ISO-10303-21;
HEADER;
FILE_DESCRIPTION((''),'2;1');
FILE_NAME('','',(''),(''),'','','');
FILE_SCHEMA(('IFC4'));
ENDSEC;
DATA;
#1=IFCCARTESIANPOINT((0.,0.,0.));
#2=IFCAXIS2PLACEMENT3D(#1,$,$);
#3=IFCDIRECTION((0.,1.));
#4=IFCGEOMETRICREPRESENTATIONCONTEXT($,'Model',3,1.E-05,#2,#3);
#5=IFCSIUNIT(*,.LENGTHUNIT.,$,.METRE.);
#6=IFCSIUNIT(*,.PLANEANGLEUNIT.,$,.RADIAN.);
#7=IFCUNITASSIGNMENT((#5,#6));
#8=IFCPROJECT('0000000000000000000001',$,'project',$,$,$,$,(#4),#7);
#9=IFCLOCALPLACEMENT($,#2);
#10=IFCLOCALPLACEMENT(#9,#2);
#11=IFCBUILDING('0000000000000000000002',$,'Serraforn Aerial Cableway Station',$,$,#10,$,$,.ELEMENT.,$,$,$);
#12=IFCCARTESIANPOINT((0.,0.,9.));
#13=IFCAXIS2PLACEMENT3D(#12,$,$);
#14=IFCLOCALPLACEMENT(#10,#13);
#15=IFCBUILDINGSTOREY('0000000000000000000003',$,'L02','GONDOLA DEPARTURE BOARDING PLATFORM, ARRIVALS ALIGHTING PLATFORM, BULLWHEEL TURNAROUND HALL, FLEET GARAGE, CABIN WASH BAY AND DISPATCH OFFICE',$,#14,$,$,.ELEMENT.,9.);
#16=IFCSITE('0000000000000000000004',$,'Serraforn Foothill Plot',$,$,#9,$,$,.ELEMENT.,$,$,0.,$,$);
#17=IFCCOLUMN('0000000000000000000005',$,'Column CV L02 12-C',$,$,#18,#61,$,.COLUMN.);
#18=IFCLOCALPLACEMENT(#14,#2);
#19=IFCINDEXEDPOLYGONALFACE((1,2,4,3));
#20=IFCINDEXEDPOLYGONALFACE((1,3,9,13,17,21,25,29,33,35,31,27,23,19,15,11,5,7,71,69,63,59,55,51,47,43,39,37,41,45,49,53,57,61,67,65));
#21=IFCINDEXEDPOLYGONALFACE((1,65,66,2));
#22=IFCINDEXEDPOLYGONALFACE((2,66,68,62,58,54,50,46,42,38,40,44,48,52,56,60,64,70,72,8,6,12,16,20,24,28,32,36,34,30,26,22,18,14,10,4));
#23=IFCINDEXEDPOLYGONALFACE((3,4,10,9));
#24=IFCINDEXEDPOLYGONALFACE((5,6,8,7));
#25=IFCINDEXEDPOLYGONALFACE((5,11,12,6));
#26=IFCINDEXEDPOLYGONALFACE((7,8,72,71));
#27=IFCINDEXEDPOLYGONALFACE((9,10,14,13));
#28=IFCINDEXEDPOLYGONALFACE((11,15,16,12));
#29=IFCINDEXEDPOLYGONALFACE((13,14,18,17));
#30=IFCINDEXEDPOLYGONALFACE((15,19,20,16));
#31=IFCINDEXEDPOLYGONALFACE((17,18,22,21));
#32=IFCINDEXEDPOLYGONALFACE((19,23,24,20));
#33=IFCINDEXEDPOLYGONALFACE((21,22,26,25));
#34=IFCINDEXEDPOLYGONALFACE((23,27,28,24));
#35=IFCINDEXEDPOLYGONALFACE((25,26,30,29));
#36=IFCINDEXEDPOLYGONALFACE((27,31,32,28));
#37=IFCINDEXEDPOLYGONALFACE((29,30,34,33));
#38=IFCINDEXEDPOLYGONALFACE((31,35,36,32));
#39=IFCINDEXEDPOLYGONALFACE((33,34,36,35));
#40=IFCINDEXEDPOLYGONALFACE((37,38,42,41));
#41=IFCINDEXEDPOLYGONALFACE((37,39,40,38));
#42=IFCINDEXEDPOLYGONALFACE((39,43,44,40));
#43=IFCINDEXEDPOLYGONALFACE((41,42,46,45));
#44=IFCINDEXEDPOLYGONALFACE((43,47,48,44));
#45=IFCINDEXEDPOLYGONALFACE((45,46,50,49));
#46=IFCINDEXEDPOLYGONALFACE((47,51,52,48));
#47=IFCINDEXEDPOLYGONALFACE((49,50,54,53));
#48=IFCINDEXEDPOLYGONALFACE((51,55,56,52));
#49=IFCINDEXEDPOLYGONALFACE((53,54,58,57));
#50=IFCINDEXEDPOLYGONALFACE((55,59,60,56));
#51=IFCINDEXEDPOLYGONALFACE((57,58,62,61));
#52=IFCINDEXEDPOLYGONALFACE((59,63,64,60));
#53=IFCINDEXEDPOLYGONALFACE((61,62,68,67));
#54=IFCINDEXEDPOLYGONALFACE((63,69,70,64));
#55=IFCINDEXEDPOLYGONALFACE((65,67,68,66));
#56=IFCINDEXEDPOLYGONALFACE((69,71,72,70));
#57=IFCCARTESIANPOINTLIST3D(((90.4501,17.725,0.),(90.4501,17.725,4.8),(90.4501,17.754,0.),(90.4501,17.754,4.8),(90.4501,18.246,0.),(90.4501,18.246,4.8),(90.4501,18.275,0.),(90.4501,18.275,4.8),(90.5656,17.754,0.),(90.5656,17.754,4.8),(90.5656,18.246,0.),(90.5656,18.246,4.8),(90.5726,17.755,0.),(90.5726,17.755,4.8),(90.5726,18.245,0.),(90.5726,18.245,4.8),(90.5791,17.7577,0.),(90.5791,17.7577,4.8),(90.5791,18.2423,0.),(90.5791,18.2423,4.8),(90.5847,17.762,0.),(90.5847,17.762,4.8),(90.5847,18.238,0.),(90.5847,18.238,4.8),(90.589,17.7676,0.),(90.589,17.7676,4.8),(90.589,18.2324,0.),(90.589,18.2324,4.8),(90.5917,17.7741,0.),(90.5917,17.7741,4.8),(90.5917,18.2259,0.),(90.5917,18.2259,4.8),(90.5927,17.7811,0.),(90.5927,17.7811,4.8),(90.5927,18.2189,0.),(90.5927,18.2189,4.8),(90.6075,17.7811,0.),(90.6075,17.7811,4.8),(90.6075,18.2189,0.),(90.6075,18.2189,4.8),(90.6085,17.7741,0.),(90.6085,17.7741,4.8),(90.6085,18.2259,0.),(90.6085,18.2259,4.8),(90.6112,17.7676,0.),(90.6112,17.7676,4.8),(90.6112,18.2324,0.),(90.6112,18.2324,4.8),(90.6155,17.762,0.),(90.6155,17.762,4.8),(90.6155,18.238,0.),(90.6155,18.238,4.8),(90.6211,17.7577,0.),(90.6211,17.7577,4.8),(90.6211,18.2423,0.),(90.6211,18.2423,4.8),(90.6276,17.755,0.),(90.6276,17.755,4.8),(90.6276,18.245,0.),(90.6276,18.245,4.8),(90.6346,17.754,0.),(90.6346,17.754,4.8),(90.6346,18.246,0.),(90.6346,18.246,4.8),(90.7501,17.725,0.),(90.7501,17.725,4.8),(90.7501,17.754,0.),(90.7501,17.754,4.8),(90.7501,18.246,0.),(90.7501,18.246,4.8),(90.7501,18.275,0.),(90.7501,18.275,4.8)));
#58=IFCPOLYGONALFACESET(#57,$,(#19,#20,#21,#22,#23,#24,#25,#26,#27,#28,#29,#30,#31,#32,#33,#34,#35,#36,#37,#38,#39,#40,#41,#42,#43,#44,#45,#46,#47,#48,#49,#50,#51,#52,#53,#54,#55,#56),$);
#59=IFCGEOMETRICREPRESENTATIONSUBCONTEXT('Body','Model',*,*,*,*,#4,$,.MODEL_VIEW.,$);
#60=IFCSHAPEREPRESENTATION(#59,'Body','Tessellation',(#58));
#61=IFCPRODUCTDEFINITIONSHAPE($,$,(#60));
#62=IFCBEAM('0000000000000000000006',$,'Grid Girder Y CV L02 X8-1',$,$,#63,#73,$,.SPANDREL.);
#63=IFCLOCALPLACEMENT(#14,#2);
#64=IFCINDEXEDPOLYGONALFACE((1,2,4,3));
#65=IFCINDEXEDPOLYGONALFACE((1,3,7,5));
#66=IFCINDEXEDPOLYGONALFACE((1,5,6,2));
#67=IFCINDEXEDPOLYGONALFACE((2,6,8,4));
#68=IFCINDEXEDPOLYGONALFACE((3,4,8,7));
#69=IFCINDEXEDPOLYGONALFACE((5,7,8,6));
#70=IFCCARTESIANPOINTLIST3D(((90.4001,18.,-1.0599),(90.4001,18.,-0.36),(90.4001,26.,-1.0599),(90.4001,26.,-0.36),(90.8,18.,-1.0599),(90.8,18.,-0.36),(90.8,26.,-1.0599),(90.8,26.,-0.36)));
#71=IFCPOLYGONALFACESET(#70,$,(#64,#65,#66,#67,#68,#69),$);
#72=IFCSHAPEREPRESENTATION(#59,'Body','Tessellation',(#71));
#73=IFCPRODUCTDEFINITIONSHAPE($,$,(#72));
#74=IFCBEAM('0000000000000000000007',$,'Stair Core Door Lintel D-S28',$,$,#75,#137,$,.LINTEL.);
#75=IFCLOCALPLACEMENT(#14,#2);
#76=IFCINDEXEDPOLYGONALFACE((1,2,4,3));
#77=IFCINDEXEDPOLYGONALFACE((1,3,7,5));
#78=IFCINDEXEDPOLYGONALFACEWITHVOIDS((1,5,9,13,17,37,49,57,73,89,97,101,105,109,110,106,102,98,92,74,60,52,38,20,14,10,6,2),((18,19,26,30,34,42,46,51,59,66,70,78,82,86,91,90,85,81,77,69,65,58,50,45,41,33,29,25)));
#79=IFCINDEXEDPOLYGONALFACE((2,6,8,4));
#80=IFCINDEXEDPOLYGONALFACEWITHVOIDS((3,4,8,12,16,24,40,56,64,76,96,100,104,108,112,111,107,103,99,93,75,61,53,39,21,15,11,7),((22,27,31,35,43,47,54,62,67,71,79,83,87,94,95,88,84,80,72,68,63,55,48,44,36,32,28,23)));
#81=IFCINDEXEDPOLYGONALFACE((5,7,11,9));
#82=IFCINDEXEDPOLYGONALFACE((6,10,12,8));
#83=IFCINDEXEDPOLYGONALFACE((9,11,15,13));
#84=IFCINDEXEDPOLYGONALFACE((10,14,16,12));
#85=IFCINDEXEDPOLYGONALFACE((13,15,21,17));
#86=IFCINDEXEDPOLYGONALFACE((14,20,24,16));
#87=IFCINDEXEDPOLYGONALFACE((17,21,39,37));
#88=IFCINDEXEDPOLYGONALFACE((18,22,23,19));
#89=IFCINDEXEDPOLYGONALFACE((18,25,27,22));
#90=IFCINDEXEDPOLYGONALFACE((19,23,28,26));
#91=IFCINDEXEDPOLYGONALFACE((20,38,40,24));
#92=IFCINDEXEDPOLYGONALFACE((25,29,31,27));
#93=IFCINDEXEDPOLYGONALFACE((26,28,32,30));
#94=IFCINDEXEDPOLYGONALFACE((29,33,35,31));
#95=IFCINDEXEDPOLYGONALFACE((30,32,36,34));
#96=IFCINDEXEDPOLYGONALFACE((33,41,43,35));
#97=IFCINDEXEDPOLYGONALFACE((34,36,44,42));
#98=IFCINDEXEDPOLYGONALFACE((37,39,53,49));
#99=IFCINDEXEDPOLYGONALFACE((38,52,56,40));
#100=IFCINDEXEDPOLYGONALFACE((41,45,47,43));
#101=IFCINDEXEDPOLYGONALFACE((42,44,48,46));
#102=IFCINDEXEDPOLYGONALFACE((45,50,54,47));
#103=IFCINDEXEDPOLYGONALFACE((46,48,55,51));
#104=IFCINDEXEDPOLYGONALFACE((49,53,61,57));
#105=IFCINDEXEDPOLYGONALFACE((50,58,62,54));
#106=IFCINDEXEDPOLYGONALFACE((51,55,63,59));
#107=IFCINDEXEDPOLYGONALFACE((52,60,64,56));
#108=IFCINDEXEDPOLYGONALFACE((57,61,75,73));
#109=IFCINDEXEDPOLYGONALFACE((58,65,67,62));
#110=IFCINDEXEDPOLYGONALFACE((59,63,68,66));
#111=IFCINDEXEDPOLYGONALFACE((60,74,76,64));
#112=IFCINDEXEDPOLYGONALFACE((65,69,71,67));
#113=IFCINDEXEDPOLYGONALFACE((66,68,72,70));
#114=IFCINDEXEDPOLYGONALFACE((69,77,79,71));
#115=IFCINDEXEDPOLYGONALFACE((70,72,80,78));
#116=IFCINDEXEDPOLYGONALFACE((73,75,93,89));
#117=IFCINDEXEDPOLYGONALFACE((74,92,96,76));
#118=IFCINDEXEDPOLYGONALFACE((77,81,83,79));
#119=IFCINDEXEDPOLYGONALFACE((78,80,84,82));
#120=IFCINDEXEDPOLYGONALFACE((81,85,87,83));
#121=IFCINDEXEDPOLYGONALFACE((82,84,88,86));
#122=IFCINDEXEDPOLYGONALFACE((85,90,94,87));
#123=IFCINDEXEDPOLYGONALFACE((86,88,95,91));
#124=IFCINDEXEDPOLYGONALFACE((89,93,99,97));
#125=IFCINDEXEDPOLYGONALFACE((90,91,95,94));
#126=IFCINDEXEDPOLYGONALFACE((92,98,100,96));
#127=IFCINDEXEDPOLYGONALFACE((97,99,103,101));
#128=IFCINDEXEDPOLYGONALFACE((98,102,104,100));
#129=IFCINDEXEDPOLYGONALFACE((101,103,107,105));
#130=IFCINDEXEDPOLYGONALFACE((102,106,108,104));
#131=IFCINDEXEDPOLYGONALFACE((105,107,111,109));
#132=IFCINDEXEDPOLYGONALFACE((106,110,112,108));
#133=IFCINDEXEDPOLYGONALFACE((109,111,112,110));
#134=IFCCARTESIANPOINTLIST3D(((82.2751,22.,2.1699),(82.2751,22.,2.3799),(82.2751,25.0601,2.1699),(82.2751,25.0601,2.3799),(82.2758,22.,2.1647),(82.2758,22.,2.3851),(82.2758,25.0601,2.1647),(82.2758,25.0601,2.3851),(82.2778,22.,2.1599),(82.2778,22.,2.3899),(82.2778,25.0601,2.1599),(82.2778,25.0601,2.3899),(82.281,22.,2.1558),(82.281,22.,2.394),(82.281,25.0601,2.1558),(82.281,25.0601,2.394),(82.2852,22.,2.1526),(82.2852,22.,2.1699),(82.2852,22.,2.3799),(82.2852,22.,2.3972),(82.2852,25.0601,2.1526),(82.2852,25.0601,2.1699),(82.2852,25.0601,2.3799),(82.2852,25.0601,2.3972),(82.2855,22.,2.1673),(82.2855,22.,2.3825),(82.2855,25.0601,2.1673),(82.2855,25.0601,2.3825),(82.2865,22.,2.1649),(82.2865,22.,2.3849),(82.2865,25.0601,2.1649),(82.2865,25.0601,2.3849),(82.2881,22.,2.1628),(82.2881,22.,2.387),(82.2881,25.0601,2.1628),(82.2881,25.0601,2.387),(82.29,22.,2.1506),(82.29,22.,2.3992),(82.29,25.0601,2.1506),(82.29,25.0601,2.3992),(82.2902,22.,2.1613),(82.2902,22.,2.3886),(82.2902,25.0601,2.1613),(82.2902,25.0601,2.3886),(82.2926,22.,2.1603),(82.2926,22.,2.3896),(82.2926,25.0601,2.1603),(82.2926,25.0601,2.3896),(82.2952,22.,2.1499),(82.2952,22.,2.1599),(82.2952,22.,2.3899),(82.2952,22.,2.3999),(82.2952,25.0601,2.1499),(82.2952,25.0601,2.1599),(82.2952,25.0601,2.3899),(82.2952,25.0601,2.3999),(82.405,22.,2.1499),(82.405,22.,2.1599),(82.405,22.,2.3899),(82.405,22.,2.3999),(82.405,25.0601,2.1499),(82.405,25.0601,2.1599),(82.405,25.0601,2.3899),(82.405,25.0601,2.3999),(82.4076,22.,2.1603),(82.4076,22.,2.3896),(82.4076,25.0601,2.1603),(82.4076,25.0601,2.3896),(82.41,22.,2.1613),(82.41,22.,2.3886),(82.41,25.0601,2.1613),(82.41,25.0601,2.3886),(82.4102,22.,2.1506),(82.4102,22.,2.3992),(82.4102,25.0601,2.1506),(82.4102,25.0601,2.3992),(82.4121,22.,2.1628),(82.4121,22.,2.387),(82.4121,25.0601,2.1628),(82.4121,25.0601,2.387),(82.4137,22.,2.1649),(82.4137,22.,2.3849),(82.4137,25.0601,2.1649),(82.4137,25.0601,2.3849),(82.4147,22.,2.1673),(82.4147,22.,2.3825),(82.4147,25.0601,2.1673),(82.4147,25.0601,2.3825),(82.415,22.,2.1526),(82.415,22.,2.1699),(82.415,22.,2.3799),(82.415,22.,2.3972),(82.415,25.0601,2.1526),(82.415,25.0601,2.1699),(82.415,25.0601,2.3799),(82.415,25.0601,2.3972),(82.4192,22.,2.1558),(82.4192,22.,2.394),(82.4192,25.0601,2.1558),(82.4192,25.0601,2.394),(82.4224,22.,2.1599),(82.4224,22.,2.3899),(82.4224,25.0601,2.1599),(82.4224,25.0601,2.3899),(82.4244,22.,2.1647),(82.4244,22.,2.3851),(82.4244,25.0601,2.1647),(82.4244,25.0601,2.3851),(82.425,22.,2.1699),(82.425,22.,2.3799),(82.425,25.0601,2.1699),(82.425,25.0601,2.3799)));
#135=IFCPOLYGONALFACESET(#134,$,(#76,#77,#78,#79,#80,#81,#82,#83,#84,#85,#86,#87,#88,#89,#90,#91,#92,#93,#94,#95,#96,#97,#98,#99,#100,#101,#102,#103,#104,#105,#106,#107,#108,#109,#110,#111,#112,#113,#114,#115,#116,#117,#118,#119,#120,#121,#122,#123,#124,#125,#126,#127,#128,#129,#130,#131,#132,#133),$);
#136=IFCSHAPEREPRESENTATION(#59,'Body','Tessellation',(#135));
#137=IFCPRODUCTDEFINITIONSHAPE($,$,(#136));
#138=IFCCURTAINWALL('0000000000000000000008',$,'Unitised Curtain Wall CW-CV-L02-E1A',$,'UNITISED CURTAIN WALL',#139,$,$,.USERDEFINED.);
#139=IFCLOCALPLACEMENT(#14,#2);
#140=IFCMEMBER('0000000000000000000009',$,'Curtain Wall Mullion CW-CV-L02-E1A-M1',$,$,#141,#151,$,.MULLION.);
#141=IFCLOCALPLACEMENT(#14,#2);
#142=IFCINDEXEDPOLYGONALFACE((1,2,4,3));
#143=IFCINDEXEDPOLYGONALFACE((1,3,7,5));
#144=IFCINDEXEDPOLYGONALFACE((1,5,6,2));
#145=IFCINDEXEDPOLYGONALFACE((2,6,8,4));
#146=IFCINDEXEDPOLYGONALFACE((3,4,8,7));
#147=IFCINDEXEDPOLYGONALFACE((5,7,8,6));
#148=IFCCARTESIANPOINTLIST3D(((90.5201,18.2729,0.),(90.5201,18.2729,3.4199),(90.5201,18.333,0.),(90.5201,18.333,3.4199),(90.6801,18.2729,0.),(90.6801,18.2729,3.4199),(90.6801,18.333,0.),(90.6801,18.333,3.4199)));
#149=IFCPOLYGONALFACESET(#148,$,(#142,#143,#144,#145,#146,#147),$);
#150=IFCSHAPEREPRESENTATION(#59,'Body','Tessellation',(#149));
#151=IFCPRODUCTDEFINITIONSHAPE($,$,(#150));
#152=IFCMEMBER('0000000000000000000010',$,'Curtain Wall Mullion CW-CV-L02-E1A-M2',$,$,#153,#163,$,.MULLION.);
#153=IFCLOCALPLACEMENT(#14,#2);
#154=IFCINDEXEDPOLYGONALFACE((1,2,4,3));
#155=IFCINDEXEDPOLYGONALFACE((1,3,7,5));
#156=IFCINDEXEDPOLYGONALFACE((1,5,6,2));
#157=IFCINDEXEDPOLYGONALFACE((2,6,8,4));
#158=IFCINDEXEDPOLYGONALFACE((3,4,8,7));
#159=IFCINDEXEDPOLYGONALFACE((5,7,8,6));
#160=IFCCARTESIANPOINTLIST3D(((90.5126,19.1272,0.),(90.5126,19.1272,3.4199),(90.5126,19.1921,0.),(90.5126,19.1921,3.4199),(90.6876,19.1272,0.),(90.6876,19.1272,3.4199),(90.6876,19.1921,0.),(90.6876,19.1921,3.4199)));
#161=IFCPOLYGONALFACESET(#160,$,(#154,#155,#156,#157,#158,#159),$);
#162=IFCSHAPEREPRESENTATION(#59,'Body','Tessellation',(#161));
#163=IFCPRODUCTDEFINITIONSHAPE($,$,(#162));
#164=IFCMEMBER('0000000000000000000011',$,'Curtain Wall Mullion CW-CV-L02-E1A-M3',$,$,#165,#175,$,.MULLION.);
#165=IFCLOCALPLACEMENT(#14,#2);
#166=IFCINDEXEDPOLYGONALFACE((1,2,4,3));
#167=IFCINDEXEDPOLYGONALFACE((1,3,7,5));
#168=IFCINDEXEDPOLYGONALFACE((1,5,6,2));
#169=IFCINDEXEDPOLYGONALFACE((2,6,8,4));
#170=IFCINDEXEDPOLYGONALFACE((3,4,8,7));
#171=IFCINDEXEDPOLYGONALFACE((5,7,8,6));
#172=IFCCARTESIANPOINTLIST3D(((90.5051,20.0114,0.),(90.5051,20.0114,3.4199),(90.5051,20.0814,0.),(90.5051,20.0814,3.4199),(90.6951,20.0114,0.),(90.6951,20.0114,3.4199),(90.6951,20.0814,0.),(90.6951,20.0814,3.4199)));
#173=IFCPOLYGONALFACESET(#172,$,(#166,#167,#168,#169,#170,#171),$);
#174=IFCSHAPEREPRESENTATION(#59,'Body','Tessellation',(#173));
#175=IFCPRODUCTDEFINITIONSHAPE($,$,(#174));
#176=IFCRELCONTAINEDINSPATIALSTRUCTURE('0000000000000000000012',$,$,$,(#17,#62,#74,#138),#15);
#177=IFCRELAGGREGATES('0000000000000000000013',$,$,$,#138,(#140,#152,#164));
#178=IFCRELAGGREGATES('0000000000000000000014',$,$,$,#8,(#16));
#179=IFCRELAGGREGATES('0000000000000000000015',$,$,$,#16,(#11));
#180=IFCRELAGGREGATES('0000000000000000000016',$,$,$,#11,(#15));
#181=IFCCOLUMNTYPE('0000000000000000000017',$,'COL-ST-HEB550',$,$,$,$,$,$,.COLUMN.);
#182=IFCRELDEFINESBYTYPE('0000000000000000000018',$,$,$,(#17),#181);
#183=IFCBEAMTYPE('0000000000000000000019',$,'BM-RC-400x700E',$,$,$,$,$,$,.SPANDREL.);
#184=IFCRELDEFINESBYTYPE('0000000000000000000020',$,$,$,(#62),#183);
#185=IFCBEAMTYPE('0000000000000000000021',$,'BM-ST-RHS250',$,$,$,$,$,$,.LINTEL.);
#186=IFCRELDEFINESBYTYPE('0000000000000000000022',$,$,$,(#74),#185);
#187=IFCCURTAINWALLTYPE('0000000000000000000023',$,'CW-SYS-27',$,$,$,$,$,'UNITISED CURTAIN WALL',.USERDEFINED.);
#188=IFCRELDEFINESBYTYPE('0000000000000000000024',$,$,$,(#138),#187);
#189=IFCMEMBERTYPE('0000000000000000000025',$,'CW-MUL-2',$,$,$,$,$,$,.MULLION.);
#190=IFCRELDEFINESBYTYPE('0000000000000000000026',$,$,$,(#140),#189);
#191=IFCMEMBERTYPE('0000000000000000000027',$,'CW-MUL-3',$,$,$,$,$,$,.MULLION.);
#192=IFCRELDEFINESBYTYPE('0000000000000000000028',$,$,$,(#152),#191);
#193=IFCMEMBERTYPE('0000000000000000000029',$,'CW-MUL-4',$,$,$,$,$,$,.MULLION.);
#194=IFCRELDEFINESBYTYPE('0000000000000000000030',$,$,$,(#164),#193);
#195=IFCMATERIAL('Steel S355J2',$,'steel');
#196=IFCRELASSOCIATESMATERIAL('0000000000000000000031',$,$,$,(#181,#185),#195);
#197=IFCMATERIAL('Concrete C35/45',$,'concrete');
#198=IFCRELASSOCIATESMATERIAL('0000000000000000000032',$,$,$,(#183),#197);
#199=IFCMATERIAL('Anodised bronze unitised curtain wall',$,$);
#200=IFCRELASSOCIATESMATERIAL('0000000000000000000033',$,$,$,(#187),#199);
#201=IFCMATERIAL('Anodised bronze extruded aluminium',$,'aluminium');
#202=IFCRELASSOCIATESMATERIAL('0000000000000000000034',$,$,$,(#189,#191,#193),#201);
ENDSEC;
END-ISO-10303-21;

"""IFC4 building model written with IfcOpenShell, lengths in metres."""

from ifc_helpers import new_model, si_unit, direction, frame, origin, origin_2d, place, context, subcontext, project, spatial, rectangle, hollow_rectangle, i_section, extrude, material, material_profile, profile_set, type_object, element, aggregate, save


model = new_model("IFC4")

# Units and contexts
model_context = context("Model", 3, precision=1e-05, world=origin(), true_north=direction((0.0, 1.0)))
body_context = subcontext(model_context, "Body", "Model", "MODEL_VIEW")
ifc_project = project(units=[si_unit("LENGTHUNIT", "METRE"), si_unit("PLANEANGLEUNIT", "RADIAN")], contexts=[model_context])

# Site, building, storey
site_placement = place(None, origin())
site = spatial("IfcSite", under=ifc_project, at=site_placement, Name="Serraforn Foothill Plot", CompositionType="ELEMENT", RefElevation=0.0)
building_placement = place(site_placement, origin())
building = spatial("IfcBuilding", under=site, at=building_placement, Name="Serraforn Aerial Cableway Station", CompositionType="ELEMENT")
storey_placement = place(building_placement, frame((0.0, 0.0, 9.0)))
storey = spatial("IfcBuildingStorey", under=building, at=storey_placement, Name="L02", Description="GONDOLA DEPARTURE BOARDING PLATFORM, ARRIVALS ALIGHTING PLATFORM, BULLWHEEL TURNAROUND HALL, FLEET GARAGE, CABIN WASH BAY AND DISPATCH OFFICE", CompositionType="ELEMENT", Elevation=9.0)

# Column
ifc_material_1 = material(Name="Steel S355J2", Category="steel")
ifc_material_profile_1 = material_profile(ifc_material_1, i_section(OverallWidth=0.3, OverallDepth=0.55, WebThickness=0.0149, FlangeThickness=0.0291, FilletRadius=0.0271, at=origin_2d()), Name="HEB 550")
ifc_profile_set_1 = profile_set([ifc_material_profile_1], Name="Steel S355J2")
column_type = type_object("IfcColumnType", Name="COL-ST-HEB550", PredefinedType="COLUMN", material=ifc_profile_set_1)
column_placement = place(storey_placement, frame((90.6001, 18.0, 0.0), z_axis=(0.0, 0.0, 1.0), x_axis=(1.0, 0.0, 0.0)))
element("IfcColumn", 1, at=column_placement, inside=storey, type_object=column_type, Name="Column CV L02 12-C", PredefinedType="COLUMN", context=body_context, shape_type="SweptSolid", body=[
    extrude(i_section(OverallWidth=0.3, OverallDepth=0.55, WebThickness=0.0149, FlangeThickness=0.0291, FilletRadius=0.0271, at=origin_2d()), origin(), (0.0, 0.0, 1.0), 4.8),
])

# Beams
ifc_material_2 = material(Name="Concrete C35/45", Category="concrete")
ifc_material_profile_2 = material_profile(ifc_material_2, rectangle(XDim=0.3999, YDim=0.7, at=origin_2d()), Name="RC 400x700")
ifc_profile_set_2 = profile_set([ifc_material_profile_2], Name="Concrete C35/45")
beam_type_1 = type_object("IfcBeamType", Name="BM-RC-400x700E", PredefinedType="SPANDREL", material=ifc_profile_set_2)
beam_1_placement = place(storey_placement, frame((90.6001, 18.0, -0.71), z_axis=(0.0, 1.0, 0.0), x_axis=(-1.0, 0.0, 0.0)))
element("IfcBeam", 2, at=beam_1_placement, inside=storey, type_object=beam_type_1, Name="Grid Girder Y CV L02 X8-1", PredefinedType="SPANDREL", context=body_context, shape_type="SweptSolid", body=[
    extrude(rectangle(XDim=0.3999, YDim=0.7, at=origin_2d()), origin(), (0.0, 0.0, 1.0), 8.0),
])
ifc_material_profile_3 = material_profile(ifc_material_1, hollow_rectangle(XDim=0.1499, YDim=0.25, WallThickness=0.01, InnerFilletRadius=0.01, OuterFilletRadius=0.02, at=origin_2d()), Name="RHS 250x150x10.0")
ifc_profile_set_3 = profile_set([ifc_material_profile_3], Name="Steel S355J2")
beam_type_2 = type_object("IfcBeamType", Name="BM-ST-RHS250", PredefinedType="LINTEL", material=ifc_profile_set_3)
beam_2_placement = place(storey_placement, frame((82.3501, 22.0, 2.2749), z_axis=(0.0, 1.0, 0.0), x_axis=(-1.0, 0.0, 0.0)))
element("IfcBeam", 3, at=beam_2_placement, inside=storey, type_object=beam_type_2, Name="Stair Core Door Lintel D-S28", PredefinedType="LINTEL", context=body_context, shape_type="SweptSolid", body=[
    extrude(hollow_rectangle(XDim=0.1499, YDim=0.25, WallThickness=0.01, InnerFilletRadius=0.01, OuterFilletRadius=0.02, at=origin_2d()), origin(), (0.0, 0.0, 1.0), 3.0601),
])

# Curtain wall, members
ifc_material_3 = material(Name="Anodised bronze unitised curtain wall")
curtain_wall_type = type_object("IfcCurtainWallType", Name="CW-SYS-27", ElementType="UNITISED CURTAIN WALL", PredefinedType="USERDEFINED", material=ifc_material_3)
curtain_wall_placement = place(storey_placement, origin())
curtain_wall = element("IfcCurtainWall", 4, at=curtain_wall_placement, inside=storey, type_object=curtain_wall_type, Name="Unitised Curtain Wall CW-CV-L02-E1A", ObjectType="UNITISED CURTAIN WALL", PredefinedType="USERDEFINED")
ifc_material_4 = material(Name="Anodised bronze extruded aluminium", Category="aluminium")
ifc_material_profile_4 = material_profile(ifc_material_4, rectangle(XDim=0.0601, YDim=0.1599, at=origin_2d()), Name="CW MULLION 60x160")
ifc_profile_set_4 = profile_set([ifc_material_profile_4], Name="Anodised bronze extruded aluminium")
member_type_1 = type_object("IfcMemberType", Name="CW-MUL-2", PredefinedType="MULLION", material=ifc_profile_set_4)
member_1_placement = place(storey_placement, frame((90.6001, 18.303, 0.0), z_axis=(0.0, 0.0, 1.0), x_axis=(0.0, 1.0, 0.0)))
member_1 = element("IfcMember", 5, at=member_1_placement, type_object=member_type_1, Name="Curtain Wall Mullion CW-CV-L02-E1A-M1", PredefinedType="MULLION", context=body_context, shape_type="SweptSolid", body=[
    extrude(rectangle(XDim=0.0601, YDim=0.1599, at=origin_2d()), origin(), (0.0, 0.0, 1.0), 3.4199),
])
ifc_material_profile_5 = material_profile(ifc_material_4, rectangle(XDim=0.0649, YDim=0.175, at=origin_2d()), Name="CW MULLION 65x175")
ifc_profile_set_5 = profile_set([ifc_material_profile_5], Name="Anodised bronze extruded aluminium")
member_type_2 = type_object("IfcMemberType", Name="CW-MUL-3", PredefinedType="MULLION", material=ifc_profile_set_5)
member_2_placement = place(storey_placement, frame((90.6001, 19.1597, 0.0), z_axis=(0.0, 0.0, 1.0), x_axis=(0.0, 1.0, 0.0)))
member_2 = element("IfcMember", 6, at=member_2_placement, type_object=member_type_2, Name="Curtain Wall Mullion CW-CV-L02-E1A-M2", PredefinedType="MULLION", context=body_context, shape_type="SweptSolid", body=[
    extrude(rectangle(XDim=0.0649, YDim=0.175, at=origin_2d()), origin(), (0.0, 0.0, 1.0), 3.4199),
])
ifc_material_profile_6 = material_profile(ifc_material_4, rectangle(XDim=0.0701, YDim=0.1899, at=origin_2d()), Name="CW MULLION 70x190")
ifc_profile_set_6 = profile_set([ifc_material_profile_6], Name="Anodised bronze extruded aluminium")
member_type_3 = type_object("IfcMemberType", Name="CW-MUL-4", PredefinedType="MULLION", material=ifc_profile_set_6)
member_3_placement = place(storey_placement, frame((90.6001, 20.0464, 0.0), z_axis=(0.0, 0.0, 1.0), x_axis=(0.0, 1.0, 0.0)))
member_3 = element("IfcMember", 7, at=member_3_placement, type_object=member_type_3, Name="Curtain Wall Mullion CW-CV-L02-E1A-M3", PredefinedType="MULLION", context=body_context, shape_type="SweptSolid", body=[
    extrude(rectangle(XDim=0.0701, YDim=0.1899, at=origin_2d()), origin(), (0.0, 0.0, 1.0), 3.4199),
])

aggregate(curtain_wall, [member_1, member_2, member_3])

save(model, "model.ifc")
